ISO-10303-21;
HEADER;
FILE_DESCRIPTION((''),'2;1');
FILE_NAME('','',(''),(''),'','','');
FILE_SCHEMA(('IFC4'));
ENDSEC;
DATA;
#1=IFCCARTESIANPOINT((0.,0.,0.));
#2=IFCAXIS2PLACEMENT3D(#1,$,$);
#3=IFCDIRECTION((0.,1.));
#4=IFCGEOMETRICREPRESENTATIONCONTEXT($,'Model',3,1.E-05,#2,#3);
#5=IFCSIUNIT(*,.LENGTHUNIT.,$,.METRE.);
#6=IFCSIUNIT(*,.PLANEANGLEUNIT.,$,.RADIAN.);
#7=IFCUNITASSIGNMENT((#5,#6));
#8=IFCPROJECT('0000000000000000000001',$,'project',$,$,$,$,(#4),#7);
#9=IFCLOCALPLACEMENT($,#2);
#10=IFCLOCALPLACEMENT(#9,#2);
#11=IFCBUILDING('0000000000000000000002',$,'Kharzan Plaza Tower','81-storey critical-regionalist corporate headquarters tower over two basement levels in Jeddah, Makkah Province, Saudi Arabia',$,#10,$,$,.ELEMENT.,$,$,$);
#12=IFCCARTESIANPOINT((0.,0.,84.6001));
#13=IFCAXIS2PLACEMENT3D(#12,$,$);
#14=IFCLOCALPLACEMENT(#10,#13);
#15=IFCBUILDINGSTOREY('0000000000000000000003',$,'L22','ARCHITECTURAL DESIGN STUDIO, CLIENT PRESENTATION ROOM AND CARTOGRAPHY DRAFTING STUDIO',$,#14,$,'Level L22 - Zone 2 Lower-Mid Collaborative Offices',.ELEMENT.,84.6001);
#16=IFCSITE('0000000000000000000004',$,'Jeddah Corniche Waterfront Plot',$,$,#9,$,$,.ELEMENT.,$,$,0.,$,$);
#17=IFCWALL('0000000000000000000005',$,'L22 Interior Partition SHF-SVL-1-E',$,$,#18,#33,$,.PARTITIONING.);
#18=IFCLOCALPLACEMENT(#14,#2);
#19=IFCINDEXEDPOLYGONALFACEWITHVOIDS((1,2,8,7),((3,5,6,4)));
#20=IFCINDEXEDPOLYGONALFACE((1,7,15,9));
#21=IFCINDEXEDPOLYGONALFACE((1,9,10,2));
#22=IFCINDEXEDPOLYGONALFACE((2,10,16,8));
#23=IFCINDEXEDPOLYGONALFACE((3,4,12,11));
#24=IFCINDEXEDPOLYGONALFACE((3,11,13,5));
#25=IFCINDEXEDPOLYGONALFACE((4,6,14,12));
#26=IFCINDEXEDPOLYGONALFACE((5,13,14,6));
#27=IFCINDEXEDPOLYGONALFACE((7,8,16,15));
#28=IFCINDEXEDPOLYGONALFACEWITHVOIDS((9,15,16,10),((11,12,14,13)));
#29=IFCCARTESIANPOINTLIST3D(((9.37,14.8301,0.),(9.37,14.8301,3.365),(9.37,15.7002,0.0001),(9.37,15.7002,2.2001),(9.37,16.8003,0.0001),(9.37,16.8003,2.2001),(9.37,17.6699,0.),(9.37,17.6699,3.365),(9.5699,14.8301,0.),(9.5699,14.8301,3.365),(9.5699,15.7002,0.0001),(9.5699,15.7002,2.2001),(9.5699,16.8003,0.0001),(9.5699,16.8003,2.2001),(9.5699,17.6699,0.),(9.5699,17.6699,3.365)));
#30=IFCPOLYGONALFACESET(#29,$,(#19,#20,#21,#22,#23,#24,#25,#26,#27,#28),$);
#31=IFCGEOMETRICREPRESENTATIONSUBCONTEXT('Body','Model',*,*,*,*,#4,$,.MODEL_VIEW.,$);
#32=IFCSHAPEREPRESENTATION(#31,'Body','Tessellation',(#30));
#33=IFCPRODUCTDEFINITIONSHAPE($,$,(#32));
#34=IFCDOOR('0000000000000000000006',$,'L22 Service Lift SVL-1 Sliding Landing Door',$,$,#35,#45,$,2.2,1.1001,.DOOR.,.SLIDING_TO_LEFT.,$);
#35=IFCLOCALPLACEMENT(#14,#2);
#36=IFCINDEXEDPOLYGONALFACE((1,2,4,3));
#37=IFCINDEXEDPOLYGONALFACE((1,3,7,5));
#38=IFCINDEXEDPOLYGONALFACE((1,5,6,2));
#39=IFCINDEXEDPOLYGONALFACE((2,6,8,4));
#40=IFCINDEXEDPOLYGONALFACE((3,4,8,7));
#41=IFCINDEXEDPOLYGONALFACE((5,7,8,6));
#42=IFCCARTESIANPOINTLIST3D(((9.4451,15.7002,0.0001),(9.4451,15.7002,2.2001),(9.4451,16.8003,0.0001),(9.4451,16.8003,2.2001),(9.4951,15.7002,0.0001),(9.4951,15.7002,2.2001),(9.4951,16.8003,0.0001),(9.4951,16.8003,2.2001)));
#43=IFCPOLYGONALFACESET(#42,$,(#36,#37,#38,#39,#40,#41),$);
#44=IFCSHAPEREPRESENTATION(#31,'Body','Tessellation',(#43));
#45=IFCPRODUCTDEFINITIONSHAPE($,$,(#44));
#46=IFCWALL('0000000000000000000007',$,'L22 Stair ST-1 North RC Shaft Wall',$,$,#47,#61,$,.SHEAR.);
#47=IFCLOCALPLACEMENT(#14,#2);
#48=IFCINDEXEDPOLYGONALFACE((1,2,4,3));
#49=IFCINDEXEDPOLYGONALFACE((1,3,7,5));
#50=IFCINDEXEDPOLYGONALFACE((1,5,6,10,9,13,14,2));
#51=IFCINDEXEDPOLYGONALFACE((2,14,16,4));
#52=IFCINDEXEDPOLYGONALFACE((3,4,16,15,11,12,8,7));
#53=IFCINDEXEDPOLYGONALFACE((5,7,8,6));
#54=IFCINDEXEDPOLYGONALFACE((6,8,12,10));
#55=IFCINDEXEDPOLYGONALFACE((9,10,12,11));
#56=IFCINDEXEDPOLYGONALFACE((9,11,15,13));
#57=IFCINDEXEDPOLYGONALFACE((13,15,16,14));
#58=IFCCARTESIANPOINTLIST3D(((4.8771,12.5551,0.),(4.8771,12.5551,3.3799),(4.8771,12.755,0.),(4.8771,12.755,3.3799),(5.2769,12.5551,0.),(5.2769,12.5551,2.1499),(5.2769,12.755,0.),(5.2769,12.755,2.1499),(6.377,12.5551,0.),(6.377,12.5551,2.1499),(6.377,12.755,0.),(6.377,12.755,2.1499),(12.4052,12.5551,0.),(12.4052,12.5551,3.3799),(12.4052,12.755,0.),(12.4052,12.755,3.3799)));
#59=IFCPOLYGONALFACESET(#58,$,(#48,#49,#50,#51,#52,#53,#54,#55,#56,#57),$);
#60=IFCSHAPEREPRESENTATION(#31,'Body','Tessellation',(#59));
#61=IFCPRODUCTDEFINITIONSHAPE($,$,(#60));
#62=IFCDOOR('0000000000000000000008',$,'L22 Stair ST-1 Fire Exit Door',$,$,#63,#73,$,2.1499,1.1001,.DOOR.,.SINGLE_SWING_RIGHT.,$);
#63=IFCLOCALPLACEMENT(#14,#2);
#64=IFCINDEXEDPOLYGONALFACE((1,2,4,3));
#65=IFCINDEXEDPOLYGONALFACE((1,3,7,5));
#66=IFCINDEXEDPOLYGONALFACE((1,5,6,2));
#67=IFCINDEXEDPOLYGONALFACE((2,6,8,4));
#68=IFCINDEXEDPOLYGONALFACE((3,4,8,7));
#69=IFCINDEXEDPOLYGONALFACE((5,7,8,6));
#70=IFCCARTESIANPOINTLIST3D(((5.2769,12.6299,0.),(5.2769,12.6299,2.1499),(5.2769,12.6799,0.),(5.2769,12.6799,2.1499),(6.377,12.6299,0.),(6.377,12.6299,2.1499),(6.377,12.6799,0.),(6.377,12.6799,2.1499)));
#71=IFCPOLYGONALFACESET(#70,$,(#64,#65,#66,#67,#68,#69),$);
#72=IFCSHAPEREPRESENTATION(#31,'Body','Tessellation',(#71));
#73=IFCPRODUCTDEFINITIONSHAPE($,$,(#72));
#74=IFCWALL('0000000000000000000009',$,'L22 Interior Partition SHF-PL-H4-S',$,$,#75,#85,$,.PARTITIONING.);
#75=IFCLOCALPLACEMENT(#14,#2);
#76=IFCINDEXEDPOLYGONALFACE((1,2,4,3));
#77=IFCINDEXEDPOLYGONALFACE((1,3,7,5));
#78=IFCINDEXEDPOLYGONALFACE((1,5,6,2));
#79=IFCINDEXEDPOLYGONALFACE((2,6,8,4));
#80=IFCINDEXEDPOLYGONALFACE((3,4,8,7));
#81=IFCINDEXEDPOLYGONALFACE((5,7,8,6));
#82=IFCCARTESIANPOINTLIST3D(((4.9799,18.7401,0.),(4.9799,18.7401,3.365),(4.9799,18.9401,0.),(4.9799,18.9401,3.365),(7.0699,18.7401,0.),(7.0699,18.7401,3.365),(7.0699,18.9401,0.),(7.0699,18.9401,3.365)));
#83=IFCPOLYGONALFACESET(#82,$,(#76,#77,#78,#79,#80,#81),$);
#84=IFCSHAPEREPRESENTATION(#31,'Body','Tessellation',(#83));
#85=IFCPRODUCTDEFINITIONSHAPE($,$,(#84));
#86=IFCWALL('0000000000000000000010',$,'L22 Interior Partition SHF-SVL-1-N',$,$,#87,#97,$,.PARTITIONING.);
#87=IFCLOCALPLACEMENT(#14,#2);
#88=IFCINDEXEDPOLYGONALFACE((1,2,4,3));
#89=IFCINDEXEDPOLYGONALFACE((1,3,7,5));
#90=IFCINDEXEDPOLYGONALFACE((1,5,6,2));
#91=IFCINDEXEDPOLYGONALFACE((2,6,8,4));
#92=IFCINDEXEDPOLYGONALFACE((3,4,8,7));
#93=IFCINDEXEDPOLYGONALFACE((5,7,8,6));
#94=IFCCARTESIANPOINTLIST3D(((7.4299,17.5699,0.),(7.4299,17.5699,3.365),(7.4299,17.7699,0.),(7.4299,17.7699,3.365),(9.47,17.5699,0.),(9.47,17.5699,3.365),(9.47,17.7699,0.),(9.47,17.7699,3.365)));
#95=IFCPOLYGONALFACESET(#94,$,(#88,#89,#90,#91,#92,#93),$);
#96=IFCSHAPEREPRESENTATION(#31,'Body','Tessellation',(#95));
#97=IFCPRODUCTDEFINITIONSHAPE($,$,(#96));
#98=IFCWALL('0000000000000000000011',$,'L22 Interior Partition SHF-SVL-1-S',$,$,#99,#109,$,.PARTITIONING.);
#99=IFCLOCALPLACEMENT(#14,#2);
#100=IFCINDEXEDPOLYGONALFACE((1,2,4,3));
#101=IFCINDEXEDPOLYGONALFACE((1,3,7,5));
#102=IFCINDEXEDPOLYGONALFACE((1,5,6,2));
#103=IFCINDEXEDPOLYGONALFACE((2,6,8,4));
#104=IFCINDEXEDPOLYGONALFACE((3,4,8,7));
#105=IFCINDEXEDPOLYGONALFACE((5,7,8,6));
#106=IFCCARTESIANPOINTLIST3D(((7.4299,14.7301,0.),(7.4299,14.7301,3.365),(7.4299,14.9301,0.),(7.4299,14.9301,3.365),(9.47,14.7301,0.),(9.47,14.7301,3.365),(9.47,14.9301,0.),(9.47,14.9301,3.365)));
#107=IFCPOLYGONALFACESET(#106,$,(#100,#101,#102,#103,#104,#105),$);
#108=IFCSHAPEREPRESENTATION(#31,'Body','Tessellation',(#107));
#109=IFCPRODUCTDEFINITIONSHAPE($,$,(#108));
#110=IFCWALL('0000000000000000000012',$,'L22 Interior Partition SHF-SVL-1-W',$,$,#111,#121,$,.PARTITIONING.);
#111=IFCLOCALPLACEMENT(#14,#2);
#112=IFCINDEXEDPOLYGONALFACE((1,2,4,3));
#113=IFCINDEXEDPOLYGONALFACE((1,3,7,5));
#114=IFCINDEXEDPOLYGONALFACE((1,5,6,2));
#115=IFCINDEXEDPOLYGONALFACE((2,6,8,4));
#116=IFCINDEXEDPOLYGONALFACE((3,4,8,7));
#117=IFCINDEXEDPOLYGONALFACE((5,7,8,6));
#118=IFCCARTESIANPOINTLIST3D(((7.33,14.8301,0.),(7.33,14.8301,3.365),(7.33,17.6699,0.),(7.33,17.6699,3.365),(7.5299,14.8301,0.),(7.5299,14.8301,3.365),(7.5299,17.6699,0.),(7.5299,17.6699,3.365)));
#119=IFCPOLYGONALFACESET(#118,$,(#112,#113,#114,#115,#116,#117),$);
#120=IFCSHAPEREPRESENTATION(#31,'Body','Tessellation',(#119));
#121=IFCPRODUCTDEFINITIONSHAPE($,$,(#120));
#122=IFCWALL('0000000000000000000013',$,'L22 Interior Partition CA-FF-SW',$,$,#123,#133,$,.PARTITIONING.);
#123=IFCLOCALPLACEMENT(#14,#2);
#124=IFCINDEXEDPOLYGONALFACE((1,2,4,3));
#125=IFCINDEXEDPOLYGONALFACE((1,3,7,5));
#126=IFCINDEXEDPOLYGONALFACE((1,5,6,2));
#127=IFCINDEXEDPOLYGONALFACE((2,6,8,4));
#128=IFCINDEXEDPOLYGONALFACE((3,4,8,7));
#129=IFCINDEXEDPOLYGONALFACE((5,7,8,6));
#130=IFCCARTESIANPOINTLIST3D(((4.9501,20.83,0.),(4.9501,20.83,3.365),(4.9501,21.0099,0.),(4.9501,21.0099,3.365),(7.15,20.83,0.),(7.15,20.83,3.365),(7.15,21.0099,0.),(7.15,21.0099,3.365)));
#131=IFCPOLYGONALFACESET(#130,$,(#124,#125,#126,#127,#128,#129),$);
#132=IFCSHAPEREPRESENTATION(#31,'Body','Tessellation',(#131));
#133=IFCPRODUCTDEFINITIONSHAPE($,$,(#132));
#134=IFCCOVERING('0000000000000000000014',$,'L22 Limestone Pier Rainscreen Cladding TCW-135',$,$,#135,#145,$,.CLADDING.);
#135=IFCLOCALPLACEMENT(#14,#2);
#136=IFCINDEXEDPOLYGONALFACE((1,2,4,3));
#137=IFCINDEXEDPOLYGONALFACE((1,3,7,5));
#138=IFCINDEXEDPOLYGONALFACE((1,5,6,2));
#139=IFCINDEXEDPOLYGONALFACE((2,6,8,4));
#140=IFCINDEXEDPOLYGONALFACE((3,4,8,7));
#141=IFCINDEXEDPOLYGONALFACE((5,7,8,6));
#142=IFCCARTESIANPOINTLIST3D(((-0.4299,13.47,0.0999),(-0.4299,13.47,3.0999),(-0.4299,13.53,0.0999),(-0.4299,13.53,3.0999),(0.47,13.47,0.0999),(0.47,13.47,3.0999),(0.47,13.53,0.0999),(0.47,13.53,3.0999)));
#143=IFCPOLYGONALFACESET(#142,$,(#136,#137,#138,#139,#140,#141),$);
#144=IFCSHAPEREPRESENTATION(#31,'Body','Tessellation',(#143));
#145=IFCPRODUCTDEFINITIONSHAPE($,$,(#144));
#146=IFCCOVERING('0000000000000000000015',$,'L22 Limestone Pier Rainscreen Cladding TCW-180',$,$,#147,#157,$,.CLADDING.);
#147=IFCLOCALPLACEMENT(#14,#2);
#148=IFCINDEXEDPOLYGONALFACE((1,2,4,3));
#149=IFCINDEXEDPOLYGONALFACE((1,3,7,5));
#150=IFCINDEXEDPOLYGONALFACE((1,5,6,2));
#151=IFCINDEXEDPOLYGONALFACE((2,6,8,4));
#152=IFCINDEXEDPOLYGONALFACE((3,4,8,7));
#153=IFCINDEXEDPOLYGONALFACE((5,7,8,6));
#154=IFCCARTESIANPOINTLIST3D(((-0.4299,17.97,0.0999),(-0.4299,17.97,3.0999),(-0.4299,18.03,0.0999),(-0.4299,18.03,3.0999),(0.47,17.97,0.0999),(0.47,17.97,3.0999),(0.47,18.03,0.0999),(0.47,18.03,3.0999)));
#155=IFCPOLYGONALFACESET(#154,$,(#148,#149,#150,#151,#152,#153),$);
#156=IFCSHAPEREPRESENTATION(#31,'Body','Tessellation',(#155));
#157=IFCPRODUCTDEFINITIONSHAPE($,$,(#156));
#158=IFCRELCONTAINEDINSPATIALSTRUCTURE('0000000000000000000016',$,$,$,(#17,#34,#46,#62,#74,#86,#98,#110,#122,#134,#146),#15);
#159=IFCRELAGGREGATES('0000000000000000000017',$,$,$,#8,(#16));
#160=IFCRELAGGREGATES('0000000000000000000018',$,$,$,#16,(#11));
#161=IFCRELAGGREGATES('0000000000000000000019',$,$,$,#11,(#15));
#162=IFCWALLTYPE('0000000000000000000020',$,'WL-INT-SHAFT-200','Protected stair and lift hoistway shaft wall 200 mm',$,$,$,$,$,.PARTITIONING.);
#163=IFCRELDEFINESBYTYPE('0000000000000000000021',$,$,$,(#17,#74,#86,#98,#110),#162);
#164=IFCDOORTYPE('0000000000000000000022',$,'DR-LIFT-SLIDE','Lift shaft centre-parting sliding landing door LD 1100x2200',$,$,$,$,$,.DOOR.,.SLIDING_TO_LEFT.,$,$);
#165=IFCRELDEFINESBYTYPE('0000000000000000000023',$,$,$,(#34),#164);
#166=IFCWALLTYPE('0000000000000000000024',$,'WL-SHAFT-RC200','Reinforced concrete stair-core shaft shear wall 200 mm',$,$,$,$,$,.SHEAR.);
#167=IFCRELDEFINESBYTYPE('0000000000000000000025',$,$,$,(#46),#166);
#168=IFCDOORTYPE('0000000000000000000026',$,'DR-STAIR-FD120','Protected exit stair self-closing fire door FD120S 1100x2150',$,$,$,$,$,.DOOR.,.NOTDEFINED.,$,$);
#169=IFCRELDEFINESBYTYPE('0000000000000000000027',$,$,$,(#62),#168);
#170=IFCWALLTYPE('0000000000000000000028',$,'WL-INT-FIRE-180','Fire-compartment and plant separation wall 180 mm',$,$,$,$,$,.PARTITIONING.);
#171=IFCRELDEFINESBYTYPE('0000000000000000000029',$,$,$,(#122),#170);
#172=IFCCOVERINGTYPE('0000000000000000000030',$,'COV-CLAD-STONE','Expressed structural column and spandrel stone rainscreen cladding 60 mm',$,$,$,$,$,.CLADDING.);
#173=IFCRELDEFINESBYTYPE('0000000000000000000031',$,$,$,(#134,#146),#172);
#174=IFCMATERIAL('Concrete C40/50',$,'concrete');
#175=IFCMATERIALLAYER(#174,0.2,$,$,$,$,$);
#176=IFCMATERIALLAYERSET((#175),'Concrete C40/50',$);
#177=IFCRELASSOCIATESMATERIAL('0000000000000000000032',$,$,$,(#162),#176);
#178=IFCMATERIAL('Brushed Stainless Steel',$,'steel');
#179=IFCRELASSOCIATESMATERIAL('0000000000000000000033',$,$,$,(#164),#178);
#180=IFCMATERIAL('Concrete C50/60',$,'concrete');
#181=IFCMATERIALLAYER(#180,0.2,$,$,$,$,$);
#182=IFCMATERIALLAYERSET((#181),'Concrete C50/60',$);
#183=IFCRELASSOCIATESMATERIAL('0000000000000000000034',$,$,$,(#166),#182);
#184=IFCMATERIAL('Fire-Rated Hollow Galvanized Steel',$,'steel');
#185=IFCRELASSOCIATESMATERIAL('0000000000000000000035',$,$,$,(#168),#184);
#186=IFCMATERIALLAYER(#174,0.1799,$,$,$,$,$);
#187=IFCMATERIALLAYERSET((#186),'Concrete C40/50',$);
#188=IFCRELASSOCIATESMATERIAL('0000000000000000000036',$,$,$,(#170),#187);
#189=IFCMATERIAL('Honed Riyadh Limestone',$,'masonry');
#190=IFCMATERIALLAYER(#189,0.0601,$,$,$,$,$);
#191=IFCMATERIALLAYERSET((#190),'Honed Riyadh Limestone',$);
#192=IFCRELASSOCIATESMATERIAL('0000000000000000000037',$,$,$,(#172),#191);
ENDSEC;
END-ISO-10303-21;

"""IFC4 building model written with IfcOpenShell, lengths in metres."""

from ifc_helpers import new_model, si_unit, direction, frame, frame_2d, origin, origin_2d, place, context, subcontext, project, spatial, rectangle, extrude, source, transform, mapped, material, layer, layer_set, type_object, element, fill, save


model = new_model("IFC4")

# Units and contexts
model_context = context("Model", 3, precision=1e-05, world=origin(), true_north=direction((0.0, 1.0)))
body_context = subcontext(model_context, "Body", "Model", "MODEL_VIEW")
ifc_project = project(units=[si_unit("LENGTHUNIT", "METRE"), si_unit("PLANEANGLEUNIT", "RADIAN")], contexts=[model_context])

# Site, building, storey
site_placement = place(None, origin())
site = spatial("IfcSite", under=ifc_project, at=site_placement, Name="Jeddah Corniche Waterfront Plot", CompositionType="ELEMENT", RefElevation=0.0)
building_placement = place(site_placement, origin())
building = spatial("IfcBuilding", under=site, at=building_placement, Name="Kharzan Plaza Tower", Description="81-storey critical-regionalist corporate headquarters tower over two basement levels in Jeddah, Makkah Province, Saudi Arabia", CompositionType="ELEMENT")
storey_placement = place(building_placement, frame((0.0, 0.0, 84.6001)))
storey = spatial("IfcBuildingStorey", under=building, at=storey_placement, Name="L22", Description="ARCHITECTURAL DESIGN STUDIO, CLIENT PRESENTATION ROOM AND CARTOGRAPHY DRAFTING STUDIO", LongName="Level L22 - Zone 2 Lower-Mid Collaborative Offices", CompositionType="ELEMENT", Elevation=84.6001)

# Shared definitions
ifc_material_1 = material(Name="Concrete C40/50", Category="concrete")

# Walls, openings, doors
ifc_layer_1 = layer(ifc_material_1, 0.2)
ifc_layer_set_1 = layer_set([ifc_layer_1], Name="Concrete C40/50")
wall_type_1 = type_object("IfcWallType", Name="WL-INT-SHAFT-200", Description="Protected stair and lift hoistway shaft wall 200 mm", PredefinedType="PARTITIONING", material=ifc_layer_set_1)
ifc_material_2 = material(Name="Brushed Stainless Steel", Category="steel")
door_type_1 = type_object("IfcDoorType", Name="DR-LIFT-SLIDE", Description="Lift shaft centre-parting sliding landing door LD 1100x2200", OperationType="SLIDING_TO_LEFT", PredefinedType="DOOR", material=ifc_material_2)
shared_shape_1 = source(origin(), body_context, "Body", "SweptSolid", [
    extrude(rectangle(XDim=1.1001, YDim=2.2, at=frame_2d((0.55, 1.1001))), frame((0.0, 0.0249, 0.0), z_axis=(0.0, -1.0, 0.0), x_axis=(1.0, 0.0, 0.0)), (0.0, 0.0, 1.0), 0.05),
])
wall_1_placement = place(storey_placement, frame((9.47, 14.8301, 0.0), z_axis=(0.0, 0.0, 1.0), x_axis=(0.0, 1.0, 0.0)))
wall_1 = element("IfcWall", 1, at=wall_1_placement, inside=storey, type_object=wall_type_1, Name="L22 Interior Partition SHF-SVL-1-E", PredefinedType="PARTITIONING", context=body_context, shape_type="SweptSolid", body=[
    extrude(rectangle(XDim=2.8398, YDim=0.2, at=frame_2d((1.4199, 0.0))), origin(), (0.0, 0.0, 1.0), 3.365),
])
opening_1_placement = place(wall_1_placement, frame((0.8701, 0.0, 0.0)))
opening_1 = element("IfcOpeningElement", 2, at=opening_1_placement, cuts=wall_1, PredefinedType="OPENING", context=body_context, shape_type="SweptSolid", body=[
    extrude(rectangle(XDim=1.1001, YDim=2.2, at=frame_2d((0.55, 1.1001))), frame((0.0, 0.1099, 0.0), z_axis=(0.0, -1.0, 0.0), x_axis=(1.0, 0.0, 0.0)), (0.0, 0.0, 1.0), 0.22),
])
door_1_placement = place(opening_1_placement, origin())
door_1 = element("IfcDoor", 3, at=door_1_placement, inside=storey, type_object=door_type_1, Name="L22 Service Lift SVL-1 Sliding Landing Door", OperationType="SLIDING_TO_LEFT", OverallHeight=2.2, OverallWidth=1.1001, PredefinedType="DOOR", context=body_context, shape_type="MappedRepresentation", body=[
    mapped(shared_shape_1, transform((0.0, 0.0, 0.0), x_axis=(1.0, 0.0, 0.0), y_axis=(0.0, 1.0, 0.0), z_axis=(0.0, 0.0, 1.0))),
])
fill(opening_1, door_1)
ifc_material_3 = material(Name="Concrete C50/60", Category="concrete")
ifc_layer_2 = layer(ifc_material_3, 0.2)
ifc_layer_set_2 = layer_set([ifc_layer_2], Name="Concrete C50/60")
wall_type_2 = type_object("IfcWallType", Name="WL-SHAFT-RC200", Description="Reinforced concrete stair-core shaft shear wall 200 mm", PredefinedType="SHEAR", material=ifc_layer_set_2)
wall_2_placement = place(storey_placement, frame((4.877, 12.655, 0.0), z_axis=(0.0, 0.0, 1.0), x_axis=(1.0, 0.0, 0.0)))
wall_2 = element("IfcWall", 4, at=wall_2_placement, inside=storey, type_object=wall_type_2, Name="L22 Stair ST-1 North RC Shaft Wall", PredefinedType="SHEAR", context=body_context, shape_type="SweptSolid", body=[
    extrude(rectangle(XDim=7.5281, YDim=0.2, at=frame_2d((3.7642, 0.0))), origin(), (0.0, 0.0, 1.0), 3.3799),
])
opening_2_placement = place(wall_2_placement, frame((0.3999, 0.0, 0.0)))
opening_2 = element("IfcOpeningElement", 5, at=opening_2_placement, cuts=wall_2, PredefinedType="OPENING", context=body_context, shape_type="SweptSolid", body=[
    extrude(rectangle(XDim=1.1001, YDim=2.1499, at=frame_2d((0.55, 1.075))), frame((0.0, 0.1099, 0.0), z_axis=(0.0, -1.0, 0.0), x_axis=(1.0, 0.0, 0.0)), (0.0, 0.0, 1.0), 0.22),
])
ifc_material_4 = material(Name="Fire-Rated Hollow Galvanized Steel", Category="steel")
door_type_2 = type_object("IfcDoorType", Name="DR-STAIR-FD120", Description="Protected exit stair self-closing fire door FD120S 1100x2150", OperationType="NOTDEFINED", PredefinedType="DOOR", material=ifc_material_4)
shared_shape_2 = source(origin(), body_context, "Body", "SweptSolid", [
    extrude(rectangle(XDim=1.1001, YDim=2.1499, at=frame_2d((0.55, 1.075))), frame((0.0, 0.0249, 0.0), z_axis=(0.0, -1.0, 0.0), x_axis=(1.0, 0.0, 0.0)), (0.0, 0.0, 1.0), 0.05),
])
door_2_placement = place(opening_2_placement, origin())
door_2 = element("IfcDoor", 6, at=door_2_placement, inside=storey, type_object=door_type_2, Name="L22 Stair ST-1 Fire Exit Door", OperationType="SINGLE_SWING_RIGHT", OverallHeight=2.1499, OverallWidth=1.1001, PredefinedType="DOOR", context=body_context, shape_type="MappedRepresentation", body=[
    mapped(shared_shape_2, transform((0.0, 0.0, 0.0), x_axis=(1.0, 0.0, 0.0), y_axis=(0.0, 1.0, 0.0), z_axis=(0.0, 0.0, 1.0))),
])
fill(opening_2, door_2)

# Walls
shared_shape_3 = source(origin(), body_context, "Body", "SweptSolid", [
    extrude(rectangle(XDim=2.0901, YDim=0.2, at=frame_2d((1.0449, 0.0))), origin(), (0.0, 0.0, 1.0), 3.365),
])
wall_3_placement = place(storey_placement, frame((4.98, 18.8401, 0.0), z_axis=(0.0, 0.0, 1.0), x_axis=(1.0, 0.0, 0.0)))
element("IfcWall", 7, at=wall_3_placement, inside=storey, type_object=wall_type_1, Name="L22 Interior Partition SHF-PL-H4-S", PredefinedType="PARTITIONING", context=body_context, shape_type="MappedRepresentation", body=[
    mapped(shared_shape_3, transform((0.0, 0.0, 0.0), x_axis=(1.0, 0.0, 0.0), y_axis=(0.0, 1.0, 0.0), z_axis=(0.0, 0.0, 1.0))),
])
shared_shape_4 = source(origin(), body_context, "Body", "SweptSolid", [
    extrude(rectangle(XDim=2.04, YDim=0.2, at=frame_2d((1.02, 0.0))), origin(), (0.0, 0.0, 1.0), 3.365),
])
for number, where, z_axis, x_axis, name in (
    (8, (7.4299, 17.6699, 0.0), (0.0, 0.0, 1.0), (1.0, 0.0, 0.0), "L22 Interior Partition SHF-SVL-1-N"),
    (9, (7.4299, 14.8301, 0.0), (0.0, 0.0, 1.0), (1.0, 0.0, 0.0), "L22 Interior Partition SHF-SVL-1-S"),
):
    element("IfcWall", number, at=place(storey_placement, frame(where, z_axis=z_axis, x_axis=x_axis)), inside=storey, type_object=wall_type_1, Name=name, PredefinedType="PARTITIONING", context=body_context, shape_type="MappedRepresentation", body=[
        mapped(shared_shape_4, transform((0.0, 0.0, 0.0), x_axis=(1.0, 0.0, 0.0), y_axis=(0.0, 1.0, 0.0), z_axis=(0.0, 0.0, 1.0))),
    ])
shared_shape_5 = source(origin(), body_context, "Body", "SweptSolid", [
    extrude(rectangle(XDim=2.8398, YDim=0.2, at=frame_2d((1.4199, 0.0))), origin(), (0.0, 0.0, 1.0), 3.365),
])
wall_4_placement = place(storey_placement, frame((7.4299, 14.8301, 0.0), z_axis=(0.0, 0.0, 1.0), x_axis=(0.0, 1.0, 0.0)))
element("IfcWall", 10, at=wall_4_placement, inside=storey, type_object=wall_type_1, Name="L22 Interior Partition SHF-SVL-1-W", PredefinedType="PARTITIONING", context=body_context, shape_type="MappedRepresentation", body=[
    mapped(shared_shape_5, transform((0.0, 0.0, 0.0), x_axis=(1.0, 0.0, 0.0), y_axis=(0.0, 1.0, 0.0), z_axis=(0.0, 0.0, 1.0))),
])
ifc_layer_3 = layer(ifc_material_1, 0.1799)
ifc_layer_set_3 = layer_set([ifc_layer_3], Name="Concrete C40/50")
wall_type_3 = type_object("IfcWallType", Name="WL-INT-FIRE-180", Description="Fire-compartment and plant separation wall 180 mm", PredefinedType="PARTITIONING", material=ifc_layer_set_3)
shared_shape_6 = source(origin(), body_context, "Body", "SweptSolid", [
    extrude(rectangle(XDim=2.2, YDim=0.1799, at=frame_2d((1.1001, 0.0))), origin(), (0.0, 0.0, 1.0), 3.365),
])
wall_5_placement = place(storey_placement, frame((4.95, 20.9199, 0.0), z_axis=(0.0, 0.0, 1.0), x_axis=(1.0, 0.0, 0.0)))
element("IfcWall", 11, at=wall_5_placement, inside=storey, type_object=wall_type_3, Name="L22 Interior Partition CA-FF-SW", PredefinedType="PARTITIONING", context=body_context, shape_type="MappedRepresentation", body=[
    mapped(shared_shape_6, transform((0.0, 0.0, 0.0), x_axis=(1.0, 0.0, 0.0), y_axis=(0.0, 1.0, 0.0), z_axis=(0.0, 0.0, 1.0))),
])

# Coverings
ifc_material_5 = material(Name="Honed Riyadh Limestone", Category="masonry")
ifc_layer_4 = layer(ifc_material_5, 0.0601)
ifc_layer_set_4 = layer_set([ifc_layer_4], Name="Honed Riyadh Limestone")
covering_type = type_object("IfcCoveringType", Name="COV-CLAD-STONE", Description="Expressed structural column and spandrel stone rainscreen cladding 60 mm", PredefinedType="CLADDING", material=ifc_layer_set_4)
shared_shape_7 = source(origin(), body_context, "Body", "SweptSolid", [
    extrude(rectangle(XDim=0.0601, YDim=0.8999, at=origin_2d()), origin(), (0.0, 0.0, 1.0), 3.0),
])
for number, where, z_axis, x_axis, name in (
    (12, (0.02, 13.5, 0.0999), (0.0, 0.0, 1.0), (0.0, 1.0, 0.0), "L22 Limestone Pier Rainscreen Cladding TCW-135"),
    (13, (0.02, 18.0, 0.0999), (0.0, 0.0, 1.0), (0.0, 1.0, 0.0), "L22 Limestone Pier Rainscreen Cladding TCW-180"),
):
    element("IfcCovering", number, at=place(storey_placement, frame(where, z_axis=z_axis, x_axis=x_axis)), inside=storey, type_object=covering_type, Name=name, PredefinedType="CLADDING", context=body_context, shape_type="MappedRepresentation", body=[
        mapped(shared_shape_7, transform((0.0, 0.0, 0.0), x_axis=(1.0, 0.0, 0.0), y_axis=(0.0, 1.0, 0.0), z_axis=(0.0, 0.0, 1.0))),
    ])

save(model, "model.ifc")
